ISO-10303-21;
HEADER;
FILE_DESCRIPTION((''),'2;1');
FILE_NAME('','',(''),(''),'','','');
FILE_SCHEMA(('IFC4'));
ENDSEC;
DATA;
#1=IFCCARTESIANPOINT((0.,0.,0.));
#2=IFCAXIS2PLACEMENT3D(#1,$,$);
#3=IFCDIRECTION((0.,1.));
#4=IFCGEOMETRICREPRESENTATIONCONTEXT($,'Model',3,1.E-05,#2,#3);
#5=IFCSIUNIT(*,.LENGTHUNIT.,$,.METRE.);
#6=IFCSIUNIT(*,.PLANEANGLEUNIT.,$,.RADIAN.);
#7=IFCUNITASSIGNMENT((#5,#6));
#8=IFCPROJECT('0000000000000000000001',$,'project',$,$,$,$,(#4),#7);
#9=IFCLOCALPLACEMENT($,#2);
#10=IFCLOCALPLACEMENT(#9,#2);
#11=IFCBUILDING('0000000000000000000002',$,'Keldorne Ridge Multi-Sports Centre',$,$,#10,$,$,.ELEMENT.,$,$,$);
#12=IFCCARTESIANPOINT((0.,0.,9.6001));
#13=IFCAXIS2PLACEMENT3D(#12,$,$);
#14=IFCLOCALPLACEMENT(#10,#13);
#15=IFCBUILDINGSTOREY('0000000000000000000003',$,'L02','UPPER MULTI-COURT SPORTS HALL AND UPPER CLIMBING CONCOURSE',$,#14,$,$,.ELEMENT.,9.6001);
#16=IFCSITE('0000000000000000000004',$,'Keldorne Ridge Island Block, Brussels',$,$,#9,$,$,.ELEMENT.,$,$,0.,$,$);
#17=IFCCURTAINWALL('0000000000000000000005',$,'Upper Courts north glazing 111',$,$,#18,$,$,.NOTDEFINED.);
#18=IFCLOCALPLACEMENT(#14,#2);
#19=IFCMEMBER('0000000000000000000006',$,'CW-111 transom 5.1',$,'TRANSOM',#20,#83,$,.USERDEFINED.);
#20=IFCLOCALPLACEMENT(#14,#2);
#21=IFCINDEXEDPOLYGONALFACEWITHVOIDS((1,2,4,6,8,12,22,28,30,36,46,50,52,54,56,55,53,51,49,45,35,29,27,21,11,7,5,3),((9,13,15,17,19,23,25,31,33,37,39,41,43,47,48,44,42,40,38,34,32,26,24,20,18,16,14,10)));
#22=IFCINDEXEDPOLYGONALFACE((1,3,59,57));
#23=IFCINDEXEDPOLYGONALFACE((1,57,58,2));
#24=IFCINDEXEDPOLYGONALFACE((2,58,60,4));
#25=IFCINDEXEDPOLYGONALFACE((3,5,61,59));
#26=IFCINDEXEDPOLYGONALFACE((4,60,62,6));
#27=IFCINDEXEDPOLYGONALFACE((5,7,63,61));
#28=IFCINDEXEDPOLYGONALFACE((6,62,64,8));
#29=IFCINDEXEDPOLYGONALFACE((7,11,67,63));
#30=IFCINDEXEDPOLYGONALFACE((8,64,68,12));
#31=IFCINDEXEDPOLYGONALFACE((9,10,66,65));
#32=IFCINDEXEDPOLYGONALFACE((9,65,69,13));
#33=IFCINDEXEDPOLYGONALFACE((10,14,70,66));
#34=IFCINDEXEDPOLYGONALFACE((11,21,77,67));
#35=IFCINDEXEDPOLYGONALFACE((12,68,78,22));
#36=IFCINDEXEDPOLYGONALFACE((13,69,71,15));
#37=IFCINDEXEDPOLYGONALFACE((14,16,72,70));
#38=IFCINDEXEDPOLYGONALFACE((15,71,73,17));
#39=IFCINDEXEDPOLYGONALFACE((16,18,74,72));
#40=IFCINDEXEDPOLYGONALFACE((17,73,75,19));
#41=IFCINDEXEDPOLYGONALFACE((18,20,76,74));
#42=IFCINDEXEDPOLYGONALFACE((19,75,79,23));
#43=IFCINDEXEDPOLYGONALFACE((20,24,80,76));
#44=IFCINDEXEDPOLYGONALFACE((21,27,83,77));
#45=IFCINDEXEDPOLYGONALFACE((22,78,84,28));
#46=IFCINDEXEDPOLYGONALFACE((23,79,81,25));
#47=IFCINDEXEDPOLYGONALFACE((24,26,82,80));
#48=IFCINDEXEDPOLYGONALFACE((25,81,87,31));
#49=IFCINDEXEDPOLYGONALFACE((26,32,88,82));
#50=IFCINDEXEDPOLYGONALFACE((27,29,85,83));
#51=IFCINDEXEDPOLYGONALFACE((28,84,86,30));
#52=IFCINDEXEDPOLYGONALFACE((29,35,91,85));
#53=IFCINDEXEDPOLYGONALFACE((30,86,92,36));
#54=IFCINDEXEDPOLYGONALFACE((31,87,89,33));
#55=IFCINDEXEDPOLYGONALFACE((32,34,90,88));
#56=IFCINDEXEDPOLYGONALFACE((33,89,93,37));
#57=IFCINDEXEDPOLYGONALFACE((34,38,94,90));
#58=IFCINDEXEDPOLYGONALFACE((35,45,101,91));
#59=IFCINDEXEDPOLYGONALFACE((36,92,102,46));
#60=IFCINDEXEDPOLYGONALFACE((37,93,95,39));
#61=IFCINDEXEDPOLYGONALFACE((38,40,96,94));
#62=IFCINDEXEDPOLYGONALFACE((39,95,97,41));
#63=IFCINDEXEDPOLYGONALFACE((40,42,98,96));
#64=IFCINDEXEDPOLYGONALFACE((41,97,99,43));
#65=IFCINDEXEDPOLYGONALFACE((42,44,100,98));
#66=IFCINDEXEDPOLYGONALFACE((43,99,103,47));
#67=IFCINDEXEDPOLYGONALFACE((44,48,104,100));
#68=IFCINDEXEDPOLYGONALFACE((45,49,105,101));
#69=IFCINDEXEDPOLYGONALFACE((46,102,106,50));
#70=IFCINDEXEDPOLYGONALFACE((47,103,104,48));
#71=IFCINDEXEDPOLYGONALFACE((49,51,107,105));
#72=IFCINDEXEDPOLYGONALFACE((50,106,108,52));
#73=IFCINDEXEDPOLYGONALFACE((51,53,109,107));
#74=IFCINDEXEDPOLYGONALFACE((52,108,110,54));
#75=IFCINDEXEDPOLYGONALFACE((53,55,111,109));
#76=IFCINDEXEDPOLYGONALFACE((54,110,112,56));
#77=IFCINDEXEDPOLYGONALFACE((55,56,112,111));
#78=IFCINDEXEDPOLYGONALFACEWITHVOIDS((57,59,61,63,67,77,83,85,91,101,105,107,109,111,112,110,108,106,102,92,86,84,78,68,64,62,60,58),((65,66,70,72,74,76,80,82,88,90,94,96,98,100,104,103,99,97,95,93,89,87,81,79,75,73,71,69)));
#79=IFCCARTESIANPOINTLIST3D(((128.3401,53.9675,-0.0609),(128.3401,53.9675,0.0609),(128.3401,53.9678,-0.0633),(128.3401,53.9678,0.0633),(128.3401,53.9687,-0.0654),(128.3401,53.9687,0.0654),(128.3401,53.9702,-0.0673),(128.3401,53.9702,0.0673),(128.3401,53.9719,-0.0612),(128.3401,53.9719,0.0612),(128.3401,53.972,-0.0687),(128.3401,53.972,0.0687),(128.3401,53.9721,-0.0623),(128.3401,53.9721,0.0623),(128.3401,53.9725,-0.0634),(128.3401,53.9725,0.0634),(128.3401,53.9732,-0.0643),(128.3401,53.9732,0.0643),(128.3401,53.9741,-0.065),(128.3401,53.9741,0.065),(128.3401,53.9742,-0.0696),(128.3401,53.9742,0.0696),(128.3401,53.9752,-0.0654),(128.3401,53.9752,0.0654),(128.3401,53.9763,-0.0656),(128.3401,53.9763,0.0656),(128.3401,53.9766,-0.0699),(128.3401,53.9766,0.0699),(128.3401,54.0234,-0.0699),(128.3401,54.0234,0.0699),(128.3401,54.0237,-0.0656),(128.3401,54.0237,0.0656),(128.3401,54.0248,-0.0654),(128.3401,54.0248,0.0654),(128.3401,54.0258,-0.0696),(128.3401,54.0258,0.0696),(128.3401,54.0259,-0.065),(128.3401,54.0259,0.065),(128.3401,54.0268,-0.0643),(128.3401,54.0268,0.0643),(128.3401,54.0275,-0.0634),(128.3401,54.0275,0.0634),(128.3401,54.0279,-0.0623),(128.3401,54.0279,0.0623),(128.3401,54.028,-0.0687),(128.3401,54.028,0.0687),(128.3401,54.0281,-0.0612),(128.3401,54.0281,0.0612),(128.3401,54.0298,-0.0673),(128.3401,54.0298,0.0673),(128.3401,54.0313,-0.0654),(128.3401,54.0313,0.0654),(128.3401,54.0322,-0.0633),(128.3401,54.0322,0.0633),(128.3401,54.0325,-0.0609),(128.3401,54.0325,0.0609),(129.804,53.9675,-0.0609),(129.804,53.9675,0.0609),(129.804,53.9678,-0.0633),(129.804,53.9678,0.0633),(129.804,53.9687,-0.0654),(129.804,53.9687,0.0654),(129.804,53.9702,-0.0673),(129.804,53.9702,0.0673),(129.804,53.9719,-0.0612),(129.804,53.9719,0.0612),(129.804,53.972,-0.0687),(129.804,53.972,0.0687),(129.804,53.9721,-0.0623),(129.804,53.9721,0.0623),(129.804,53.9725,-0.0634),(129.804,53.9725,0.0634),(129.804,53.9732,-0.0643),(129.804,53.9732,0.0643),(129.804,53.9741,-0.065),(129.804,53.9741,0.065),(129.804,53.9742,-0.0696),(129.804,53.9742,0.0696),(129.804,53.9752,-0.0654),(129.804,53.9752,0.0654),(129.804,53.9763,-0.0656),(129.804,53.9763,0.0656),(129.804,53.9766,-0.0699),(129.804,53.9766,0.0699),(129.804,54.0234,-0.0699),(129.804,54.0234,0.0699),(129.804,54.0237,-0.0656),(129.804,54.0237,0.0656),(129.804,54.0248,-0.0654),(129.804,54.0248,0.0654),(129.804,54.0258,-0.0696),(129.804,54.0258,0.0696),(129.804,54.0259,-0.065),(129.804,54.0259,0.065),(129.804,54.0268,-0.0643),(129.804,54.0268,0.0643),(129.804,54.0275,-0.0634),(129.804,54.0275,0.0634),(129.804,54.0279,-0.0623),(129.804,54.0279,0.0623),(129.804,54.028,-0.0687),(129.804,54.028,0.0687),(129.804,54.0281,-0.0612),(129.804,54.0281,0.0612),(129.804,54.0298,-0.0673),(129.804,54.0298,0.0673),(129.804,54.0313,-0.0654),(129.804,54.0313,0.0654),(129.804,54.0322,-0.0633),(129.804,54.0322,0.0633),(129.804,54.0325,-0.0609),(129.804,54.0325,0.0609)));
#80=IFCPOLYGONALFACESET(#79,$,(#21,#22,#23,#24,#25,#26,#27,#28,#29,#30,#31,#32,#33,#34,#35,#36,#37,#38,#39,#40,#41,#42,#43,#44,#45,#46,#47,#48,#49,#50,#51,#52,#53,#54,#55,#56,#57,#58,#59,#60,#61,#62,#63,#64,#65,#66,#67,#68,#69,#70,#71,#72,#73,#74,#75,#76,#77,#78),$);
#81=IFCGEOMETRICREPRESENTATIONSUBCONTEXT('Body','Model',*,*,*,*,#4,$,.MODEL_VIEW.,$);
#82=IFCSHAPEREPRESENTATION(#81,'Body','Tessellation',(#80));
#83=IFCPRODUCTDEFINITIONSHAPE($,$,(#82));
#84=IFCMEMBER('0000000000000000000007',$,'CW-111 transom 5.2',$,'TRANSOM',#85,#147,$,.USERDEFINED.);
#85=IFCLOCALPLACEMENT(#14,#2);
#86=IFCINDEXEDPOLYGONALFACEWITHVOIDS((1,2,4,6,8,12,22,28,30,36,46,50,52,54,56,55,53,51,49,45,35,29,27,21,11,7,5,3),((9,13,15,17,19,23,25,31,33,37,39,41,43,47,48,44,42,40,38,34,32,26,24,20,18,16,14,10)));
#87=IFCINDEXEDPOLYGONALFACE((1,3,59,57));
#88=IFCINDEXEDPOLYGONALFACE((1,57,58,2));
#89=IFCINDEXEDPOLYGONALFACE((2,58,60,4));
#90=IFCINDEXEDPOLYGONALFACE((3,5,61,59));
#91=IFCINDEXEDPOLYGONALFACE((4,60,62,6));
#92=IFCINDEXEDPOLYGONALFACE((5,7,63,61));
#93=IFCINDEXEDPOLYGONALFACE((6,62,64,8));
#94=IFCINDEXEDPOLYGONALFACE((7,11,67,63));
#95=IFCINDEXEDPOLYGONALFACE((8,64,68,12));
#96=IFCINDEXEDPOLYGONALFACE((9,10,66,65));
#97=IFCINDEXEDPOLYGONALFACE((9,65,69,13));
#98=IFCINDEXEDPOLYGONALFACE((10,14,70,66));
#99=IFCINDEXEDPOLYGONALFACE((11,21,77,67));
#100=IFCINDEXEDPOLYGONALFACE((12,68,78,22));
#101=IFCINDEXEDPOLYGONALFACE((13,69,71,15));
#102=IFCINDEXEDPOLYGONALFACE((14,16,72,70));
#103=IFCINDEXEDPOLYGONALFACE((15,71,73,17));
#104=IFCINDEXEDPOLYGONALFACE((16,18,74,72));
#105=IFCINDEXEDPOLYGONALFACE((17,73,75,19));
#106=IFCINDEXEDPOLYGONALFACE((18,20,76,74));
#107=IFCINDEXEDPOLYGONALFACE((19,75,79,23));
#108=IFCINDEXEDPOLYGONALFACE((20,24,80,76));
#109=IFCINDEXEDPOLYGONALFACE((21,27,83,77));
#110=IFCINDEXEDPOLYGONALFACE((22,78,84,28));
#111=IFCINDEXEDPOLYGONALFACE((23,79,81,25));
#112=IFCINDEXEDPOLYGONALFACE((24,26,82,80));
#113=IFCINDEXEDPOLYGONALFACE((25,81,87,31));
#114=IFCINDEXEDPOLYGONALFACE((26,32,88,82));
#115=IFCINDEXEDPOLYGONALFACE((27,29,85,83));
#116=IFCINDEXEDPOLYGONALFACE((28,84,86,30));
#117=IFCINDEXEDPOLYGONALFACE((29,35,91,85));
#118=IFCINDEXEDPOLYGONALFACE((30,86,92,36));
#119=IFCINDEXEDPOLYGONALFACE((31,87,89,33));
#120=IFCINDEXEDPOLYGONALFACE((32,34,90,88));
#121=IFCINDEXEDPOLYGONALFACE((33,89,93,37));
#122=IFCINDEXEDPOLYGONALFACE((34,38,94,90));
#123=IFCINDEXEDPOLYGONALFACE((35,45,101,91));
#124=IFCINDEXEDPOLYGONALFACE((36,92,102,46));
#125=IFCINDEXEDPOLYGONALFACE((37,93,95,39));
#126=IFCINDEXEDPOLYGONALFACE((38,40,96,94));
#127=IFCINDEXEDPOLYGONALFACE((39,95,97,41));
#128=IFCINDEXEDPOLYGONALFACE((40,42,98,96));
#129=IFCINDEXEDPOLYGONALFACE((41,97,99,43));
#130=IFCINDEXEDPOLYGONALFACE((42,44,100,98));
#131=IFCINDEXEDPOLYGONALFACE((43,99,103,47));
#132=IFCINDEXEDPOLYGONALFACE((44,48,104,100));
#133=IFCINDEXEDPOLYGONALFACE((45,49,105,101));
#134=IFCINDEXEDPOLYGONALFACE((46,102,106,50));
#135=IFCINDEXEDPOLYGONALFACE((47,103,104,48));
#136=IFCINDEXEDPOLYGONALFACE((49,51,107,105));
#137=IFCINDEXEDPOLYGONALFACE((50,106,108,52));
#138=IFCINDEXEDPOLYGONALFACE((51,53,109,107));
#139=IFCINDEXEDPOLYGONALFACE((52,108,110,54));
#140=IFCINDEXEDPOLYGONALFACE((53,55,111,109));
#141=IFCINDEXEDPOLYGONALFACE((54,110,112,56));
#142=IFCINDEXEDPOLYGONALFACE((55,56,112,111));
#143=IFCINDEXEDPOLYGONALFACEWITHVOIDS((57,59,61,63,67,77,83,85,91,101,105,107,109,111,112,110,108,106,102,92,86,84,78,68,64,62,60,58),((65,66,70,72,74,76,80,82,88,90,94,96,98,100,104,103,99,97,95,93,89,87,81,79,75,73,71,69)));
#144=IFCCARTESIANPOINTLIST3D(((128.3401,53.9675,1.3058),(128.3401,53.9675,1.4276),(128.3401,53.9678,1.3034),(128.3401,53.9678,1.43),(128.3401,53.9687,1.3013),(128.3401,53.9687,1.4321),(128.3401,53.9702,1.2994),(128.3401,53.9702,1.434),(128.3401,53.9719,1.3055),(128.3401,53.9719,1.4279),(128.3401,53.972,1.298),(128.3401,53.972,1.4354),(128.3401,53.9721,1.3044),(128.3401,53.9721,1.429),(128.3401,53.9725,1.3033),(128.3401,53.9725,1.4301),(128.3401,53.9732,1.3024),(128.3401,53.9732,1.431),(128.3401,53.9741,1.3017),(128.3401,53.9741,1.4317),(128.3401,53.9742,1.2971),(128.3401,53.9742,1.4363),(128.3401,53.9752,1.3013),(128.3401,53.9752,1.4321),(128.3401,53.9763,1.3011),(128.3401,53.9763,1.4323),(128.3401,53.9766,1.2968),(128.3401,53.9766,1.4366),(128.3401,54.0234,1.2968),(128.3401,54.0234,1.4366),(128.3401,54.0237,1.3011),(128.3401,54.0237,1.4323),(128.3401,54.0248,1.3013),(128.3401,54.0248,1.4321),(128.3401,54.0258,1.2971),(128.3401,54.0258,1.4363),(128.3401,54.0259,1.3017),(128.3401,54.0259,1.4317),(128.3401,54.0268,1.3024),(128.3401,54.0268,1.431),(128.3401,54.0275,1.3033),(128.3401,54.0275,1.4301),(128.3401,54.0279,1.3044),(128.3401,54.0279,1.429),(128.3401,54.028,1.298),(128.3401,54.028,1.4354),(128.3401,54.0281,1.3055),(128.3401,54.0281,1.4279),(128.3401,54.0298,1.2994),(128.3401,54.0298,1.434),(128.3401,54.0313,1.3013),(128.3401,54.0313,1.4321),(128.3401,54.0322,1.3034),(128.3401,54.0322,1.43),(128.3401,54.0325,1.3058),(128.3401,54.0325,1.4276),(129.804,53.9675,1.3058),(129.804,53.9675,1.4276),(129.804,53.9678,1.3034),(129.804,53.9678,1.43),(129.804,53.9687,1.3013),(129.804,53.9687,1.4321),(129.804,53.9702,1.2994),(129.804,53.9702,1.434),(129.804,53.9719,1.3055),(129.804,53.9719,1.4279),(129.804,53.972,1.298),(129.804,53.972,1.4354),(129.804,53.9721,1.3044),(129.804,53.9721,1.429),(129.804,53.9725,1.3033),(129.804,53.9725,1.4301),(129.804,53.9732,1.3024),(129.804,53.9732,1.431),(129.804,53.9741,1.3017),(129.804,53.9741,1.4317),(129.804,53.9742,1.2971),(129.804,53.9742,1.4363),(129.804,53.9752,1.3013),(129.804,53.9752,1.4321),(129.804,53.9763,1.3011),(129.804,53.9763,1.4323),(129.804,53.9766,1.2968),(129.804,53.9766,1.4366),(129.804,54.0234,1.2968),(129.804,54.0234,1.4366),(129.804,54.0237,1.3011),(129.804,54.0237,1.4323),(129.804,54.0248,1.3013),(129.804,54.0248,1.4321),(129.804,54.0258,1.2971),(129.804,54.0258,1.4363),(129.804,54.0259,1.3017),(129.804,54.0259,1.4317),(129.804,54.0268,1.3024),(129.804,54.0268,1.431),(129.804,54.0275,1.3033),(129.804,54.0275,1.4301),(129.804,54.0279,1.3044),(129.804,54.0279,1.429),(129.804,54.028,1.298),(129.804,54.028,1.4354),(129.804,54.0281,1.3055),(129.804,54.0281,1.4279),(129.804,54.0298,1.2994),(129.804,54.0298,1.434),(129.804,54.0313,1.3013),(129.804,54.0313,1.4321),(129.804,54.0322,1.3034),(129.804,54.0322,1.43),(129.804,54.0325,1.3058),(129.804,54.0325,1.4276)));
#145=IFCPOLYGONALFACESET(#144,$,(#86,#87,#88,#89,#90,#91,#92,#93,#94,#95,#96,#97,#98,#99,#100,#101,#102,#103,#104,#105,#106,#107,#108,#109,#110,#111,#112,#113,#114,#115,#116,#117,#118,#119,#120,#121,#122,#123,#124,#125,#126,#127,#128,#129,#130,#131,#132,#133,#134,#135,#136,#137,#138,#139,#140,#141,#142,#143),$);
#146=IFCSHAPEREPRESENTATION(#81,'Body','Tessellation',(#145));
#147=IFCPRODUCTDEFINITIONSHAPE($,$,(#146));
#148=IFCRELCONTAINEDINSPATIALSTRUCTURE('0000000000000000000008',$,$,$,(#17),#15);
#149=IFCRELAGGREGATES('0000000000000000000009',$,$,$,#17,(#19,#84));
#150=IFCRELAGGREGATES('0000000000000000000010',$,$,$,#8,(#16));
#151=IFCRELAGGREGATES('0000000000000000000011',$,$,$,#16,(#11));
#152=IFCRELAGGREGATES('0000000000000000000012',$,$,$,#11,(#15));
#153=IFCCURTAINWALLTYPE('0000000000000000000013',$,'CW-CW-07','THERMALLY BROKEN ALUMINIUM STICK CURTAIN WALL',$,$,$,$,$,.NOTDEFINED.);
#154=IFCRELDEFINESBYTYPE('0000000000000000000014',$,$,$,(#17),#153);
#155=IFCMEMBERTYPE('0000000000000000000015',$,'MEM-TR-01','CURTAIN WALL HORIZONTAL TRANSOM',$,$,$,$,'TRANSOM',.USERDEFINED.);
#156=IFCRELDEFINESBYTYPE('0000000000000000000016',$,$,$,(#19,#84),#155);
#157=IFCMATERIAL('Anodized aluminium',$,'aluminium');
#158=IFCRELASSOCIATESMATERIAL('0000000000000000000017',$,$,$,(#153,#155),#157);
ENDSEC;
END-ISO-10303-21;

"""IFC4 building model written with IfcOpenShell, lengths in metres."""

from ifc_helpers import new_model, si_unit, direction, frame, origin, origin_2d, place, context, subcontext, project, spatial, hollow_rectangle, extrude, material, material_profile, profile_set, type_object, element, aggregate, save


model = new_model("IFC4")

# Units and contexts
model_context = context("Model", 3, precision=1e-05, world=origin(), true_north=direction((0.0, 1.0)))
body_context = subcontext(model_context, "Body", "Model", "MODEL_VIEW")
ifc_project = project(units=[si_unit("LENGTHUNIT", "METRE"), si_unit("PLANEANGLEUNIT", "RADIAN")], contexts=[model_context])

# Site, building, storey
site_placement = place(None, origin())
site = spatial("IfcSite", under=ifc_project, at=site_placement, Name="Keldorne Ridge Island Block, Brussels", CompositionType="ELEMENT", RefElevation=0.0)
building_placement = place(site_placement, origin())
building = spatial("IfcBuilding", under=site, at=building_placement, Name="Keldorne Ridge Multi-Sports Centre", CompositionType="ELEMENT")
storey_placement = place(building_placement, frame((0.0, 0.0, 9.6001)))
storey = spatial("IfcBuildingStorey", under=building, at=storey_placement, Name="L02", Description="UPPER MULTI-COURT SPORTS HALL AND UPPER CLIMBING CONCOURSE", CompositionType="ELEMENT", Elevation=9.6001)

# Curtain wall, members
ifc_material_1 = material(Name="Anodized aluminium", Category="aluminium")
curtain_wall_type = type_object("IfcCurtainWallType", Name="CW-CW-07", Description="THERMALLY BROKEN ALUMINIUM STICK CURTAIN WALL", PredefinedType="NOTDEFINED", material=ifc_material_1)
curtain_wall_placement = place(storey_placement, origin())
curtain_wall = element("IfcCurtainWall", 1, at=curtain_wall_placement, inside=storey, type_object=curtain_wall_type, Name="Upper Courts north glazing 111", PredefinedType="NOTDEFINED")
ifc_material_profile_1 = material_profile(ifc_material_1, hollow_rectangle(XDim=0.0649, YDim=0.1399, WallThickness=0.0044, InnerFilletRadius=0.0044, OuterFilletRadius=0.009, at=origin_2d()), Name="ALU TRANSOM 140x65x4.5")
ifc_profile_set_1 = profile_set([ifc_material_profile_1], Name="Anodized aluminium")
member_type_1 = type_object("IfcMemberType", Name="MEM-TR-01", Description="CURTAIN WALL HORIZONTAL TRANSOM", ElementType="TRANSOM", PredefinedType="USERDEFINED", material=ifc_profile_set_1)
member_1_placement = place(storey_placement, frame((129.804, 54.0, 0.0), z_axis=(-1.0, 0.0, 0.0), x_axis=(0.0, -1.0, 0.0)))
member_1 = element("IfcMember", 2, at=member_1_placement, type_object=member_type_1, Name="CW-111 transom 5.1", ObjectType="TRANSOM", PredefinedType="USERDEFINED", context=body_context, shape_type="SweptSolid", body=[
    extrude(hollow_rectangle(XDim=0.0649, YDim=0.1399, WallThickness=0.0044, InnerFilletRadius=0.0044, OuterFilletRadius=0.009, at=origin_2d()), origin(), (0.0, 0.0, 1.0), 1.4639),
])
member_2_placement = place(storey_placement, frame((129.804, 54.0, 1.3667), z_axis=(-1.0, 0.0, 0.0), x_axis=(0.0, -1.0, 0.0)))
member_2 = element("IfcMember", 3, at=member_2_placement, type_object=member_type_1, Name="CW-111 transom 5.2", ObjectType="TRANSOM", PredefinedType="USERDEFINED", context=body_context, shape_type="SweptSolid", body=[
    extrude(hollow_rectangle(XDim=0.0649, YDim=0.1399, WallThickness=0.0044, InnerFilletRadius=0.0044, OuterFilletRadius=0.009, at=origin_2d()), origin(), (0.0, 0.0, 1.0), 1.4639),
])
aggregate(curtain_wall, [member_1, member_2])

save(model, "model.ifc")
